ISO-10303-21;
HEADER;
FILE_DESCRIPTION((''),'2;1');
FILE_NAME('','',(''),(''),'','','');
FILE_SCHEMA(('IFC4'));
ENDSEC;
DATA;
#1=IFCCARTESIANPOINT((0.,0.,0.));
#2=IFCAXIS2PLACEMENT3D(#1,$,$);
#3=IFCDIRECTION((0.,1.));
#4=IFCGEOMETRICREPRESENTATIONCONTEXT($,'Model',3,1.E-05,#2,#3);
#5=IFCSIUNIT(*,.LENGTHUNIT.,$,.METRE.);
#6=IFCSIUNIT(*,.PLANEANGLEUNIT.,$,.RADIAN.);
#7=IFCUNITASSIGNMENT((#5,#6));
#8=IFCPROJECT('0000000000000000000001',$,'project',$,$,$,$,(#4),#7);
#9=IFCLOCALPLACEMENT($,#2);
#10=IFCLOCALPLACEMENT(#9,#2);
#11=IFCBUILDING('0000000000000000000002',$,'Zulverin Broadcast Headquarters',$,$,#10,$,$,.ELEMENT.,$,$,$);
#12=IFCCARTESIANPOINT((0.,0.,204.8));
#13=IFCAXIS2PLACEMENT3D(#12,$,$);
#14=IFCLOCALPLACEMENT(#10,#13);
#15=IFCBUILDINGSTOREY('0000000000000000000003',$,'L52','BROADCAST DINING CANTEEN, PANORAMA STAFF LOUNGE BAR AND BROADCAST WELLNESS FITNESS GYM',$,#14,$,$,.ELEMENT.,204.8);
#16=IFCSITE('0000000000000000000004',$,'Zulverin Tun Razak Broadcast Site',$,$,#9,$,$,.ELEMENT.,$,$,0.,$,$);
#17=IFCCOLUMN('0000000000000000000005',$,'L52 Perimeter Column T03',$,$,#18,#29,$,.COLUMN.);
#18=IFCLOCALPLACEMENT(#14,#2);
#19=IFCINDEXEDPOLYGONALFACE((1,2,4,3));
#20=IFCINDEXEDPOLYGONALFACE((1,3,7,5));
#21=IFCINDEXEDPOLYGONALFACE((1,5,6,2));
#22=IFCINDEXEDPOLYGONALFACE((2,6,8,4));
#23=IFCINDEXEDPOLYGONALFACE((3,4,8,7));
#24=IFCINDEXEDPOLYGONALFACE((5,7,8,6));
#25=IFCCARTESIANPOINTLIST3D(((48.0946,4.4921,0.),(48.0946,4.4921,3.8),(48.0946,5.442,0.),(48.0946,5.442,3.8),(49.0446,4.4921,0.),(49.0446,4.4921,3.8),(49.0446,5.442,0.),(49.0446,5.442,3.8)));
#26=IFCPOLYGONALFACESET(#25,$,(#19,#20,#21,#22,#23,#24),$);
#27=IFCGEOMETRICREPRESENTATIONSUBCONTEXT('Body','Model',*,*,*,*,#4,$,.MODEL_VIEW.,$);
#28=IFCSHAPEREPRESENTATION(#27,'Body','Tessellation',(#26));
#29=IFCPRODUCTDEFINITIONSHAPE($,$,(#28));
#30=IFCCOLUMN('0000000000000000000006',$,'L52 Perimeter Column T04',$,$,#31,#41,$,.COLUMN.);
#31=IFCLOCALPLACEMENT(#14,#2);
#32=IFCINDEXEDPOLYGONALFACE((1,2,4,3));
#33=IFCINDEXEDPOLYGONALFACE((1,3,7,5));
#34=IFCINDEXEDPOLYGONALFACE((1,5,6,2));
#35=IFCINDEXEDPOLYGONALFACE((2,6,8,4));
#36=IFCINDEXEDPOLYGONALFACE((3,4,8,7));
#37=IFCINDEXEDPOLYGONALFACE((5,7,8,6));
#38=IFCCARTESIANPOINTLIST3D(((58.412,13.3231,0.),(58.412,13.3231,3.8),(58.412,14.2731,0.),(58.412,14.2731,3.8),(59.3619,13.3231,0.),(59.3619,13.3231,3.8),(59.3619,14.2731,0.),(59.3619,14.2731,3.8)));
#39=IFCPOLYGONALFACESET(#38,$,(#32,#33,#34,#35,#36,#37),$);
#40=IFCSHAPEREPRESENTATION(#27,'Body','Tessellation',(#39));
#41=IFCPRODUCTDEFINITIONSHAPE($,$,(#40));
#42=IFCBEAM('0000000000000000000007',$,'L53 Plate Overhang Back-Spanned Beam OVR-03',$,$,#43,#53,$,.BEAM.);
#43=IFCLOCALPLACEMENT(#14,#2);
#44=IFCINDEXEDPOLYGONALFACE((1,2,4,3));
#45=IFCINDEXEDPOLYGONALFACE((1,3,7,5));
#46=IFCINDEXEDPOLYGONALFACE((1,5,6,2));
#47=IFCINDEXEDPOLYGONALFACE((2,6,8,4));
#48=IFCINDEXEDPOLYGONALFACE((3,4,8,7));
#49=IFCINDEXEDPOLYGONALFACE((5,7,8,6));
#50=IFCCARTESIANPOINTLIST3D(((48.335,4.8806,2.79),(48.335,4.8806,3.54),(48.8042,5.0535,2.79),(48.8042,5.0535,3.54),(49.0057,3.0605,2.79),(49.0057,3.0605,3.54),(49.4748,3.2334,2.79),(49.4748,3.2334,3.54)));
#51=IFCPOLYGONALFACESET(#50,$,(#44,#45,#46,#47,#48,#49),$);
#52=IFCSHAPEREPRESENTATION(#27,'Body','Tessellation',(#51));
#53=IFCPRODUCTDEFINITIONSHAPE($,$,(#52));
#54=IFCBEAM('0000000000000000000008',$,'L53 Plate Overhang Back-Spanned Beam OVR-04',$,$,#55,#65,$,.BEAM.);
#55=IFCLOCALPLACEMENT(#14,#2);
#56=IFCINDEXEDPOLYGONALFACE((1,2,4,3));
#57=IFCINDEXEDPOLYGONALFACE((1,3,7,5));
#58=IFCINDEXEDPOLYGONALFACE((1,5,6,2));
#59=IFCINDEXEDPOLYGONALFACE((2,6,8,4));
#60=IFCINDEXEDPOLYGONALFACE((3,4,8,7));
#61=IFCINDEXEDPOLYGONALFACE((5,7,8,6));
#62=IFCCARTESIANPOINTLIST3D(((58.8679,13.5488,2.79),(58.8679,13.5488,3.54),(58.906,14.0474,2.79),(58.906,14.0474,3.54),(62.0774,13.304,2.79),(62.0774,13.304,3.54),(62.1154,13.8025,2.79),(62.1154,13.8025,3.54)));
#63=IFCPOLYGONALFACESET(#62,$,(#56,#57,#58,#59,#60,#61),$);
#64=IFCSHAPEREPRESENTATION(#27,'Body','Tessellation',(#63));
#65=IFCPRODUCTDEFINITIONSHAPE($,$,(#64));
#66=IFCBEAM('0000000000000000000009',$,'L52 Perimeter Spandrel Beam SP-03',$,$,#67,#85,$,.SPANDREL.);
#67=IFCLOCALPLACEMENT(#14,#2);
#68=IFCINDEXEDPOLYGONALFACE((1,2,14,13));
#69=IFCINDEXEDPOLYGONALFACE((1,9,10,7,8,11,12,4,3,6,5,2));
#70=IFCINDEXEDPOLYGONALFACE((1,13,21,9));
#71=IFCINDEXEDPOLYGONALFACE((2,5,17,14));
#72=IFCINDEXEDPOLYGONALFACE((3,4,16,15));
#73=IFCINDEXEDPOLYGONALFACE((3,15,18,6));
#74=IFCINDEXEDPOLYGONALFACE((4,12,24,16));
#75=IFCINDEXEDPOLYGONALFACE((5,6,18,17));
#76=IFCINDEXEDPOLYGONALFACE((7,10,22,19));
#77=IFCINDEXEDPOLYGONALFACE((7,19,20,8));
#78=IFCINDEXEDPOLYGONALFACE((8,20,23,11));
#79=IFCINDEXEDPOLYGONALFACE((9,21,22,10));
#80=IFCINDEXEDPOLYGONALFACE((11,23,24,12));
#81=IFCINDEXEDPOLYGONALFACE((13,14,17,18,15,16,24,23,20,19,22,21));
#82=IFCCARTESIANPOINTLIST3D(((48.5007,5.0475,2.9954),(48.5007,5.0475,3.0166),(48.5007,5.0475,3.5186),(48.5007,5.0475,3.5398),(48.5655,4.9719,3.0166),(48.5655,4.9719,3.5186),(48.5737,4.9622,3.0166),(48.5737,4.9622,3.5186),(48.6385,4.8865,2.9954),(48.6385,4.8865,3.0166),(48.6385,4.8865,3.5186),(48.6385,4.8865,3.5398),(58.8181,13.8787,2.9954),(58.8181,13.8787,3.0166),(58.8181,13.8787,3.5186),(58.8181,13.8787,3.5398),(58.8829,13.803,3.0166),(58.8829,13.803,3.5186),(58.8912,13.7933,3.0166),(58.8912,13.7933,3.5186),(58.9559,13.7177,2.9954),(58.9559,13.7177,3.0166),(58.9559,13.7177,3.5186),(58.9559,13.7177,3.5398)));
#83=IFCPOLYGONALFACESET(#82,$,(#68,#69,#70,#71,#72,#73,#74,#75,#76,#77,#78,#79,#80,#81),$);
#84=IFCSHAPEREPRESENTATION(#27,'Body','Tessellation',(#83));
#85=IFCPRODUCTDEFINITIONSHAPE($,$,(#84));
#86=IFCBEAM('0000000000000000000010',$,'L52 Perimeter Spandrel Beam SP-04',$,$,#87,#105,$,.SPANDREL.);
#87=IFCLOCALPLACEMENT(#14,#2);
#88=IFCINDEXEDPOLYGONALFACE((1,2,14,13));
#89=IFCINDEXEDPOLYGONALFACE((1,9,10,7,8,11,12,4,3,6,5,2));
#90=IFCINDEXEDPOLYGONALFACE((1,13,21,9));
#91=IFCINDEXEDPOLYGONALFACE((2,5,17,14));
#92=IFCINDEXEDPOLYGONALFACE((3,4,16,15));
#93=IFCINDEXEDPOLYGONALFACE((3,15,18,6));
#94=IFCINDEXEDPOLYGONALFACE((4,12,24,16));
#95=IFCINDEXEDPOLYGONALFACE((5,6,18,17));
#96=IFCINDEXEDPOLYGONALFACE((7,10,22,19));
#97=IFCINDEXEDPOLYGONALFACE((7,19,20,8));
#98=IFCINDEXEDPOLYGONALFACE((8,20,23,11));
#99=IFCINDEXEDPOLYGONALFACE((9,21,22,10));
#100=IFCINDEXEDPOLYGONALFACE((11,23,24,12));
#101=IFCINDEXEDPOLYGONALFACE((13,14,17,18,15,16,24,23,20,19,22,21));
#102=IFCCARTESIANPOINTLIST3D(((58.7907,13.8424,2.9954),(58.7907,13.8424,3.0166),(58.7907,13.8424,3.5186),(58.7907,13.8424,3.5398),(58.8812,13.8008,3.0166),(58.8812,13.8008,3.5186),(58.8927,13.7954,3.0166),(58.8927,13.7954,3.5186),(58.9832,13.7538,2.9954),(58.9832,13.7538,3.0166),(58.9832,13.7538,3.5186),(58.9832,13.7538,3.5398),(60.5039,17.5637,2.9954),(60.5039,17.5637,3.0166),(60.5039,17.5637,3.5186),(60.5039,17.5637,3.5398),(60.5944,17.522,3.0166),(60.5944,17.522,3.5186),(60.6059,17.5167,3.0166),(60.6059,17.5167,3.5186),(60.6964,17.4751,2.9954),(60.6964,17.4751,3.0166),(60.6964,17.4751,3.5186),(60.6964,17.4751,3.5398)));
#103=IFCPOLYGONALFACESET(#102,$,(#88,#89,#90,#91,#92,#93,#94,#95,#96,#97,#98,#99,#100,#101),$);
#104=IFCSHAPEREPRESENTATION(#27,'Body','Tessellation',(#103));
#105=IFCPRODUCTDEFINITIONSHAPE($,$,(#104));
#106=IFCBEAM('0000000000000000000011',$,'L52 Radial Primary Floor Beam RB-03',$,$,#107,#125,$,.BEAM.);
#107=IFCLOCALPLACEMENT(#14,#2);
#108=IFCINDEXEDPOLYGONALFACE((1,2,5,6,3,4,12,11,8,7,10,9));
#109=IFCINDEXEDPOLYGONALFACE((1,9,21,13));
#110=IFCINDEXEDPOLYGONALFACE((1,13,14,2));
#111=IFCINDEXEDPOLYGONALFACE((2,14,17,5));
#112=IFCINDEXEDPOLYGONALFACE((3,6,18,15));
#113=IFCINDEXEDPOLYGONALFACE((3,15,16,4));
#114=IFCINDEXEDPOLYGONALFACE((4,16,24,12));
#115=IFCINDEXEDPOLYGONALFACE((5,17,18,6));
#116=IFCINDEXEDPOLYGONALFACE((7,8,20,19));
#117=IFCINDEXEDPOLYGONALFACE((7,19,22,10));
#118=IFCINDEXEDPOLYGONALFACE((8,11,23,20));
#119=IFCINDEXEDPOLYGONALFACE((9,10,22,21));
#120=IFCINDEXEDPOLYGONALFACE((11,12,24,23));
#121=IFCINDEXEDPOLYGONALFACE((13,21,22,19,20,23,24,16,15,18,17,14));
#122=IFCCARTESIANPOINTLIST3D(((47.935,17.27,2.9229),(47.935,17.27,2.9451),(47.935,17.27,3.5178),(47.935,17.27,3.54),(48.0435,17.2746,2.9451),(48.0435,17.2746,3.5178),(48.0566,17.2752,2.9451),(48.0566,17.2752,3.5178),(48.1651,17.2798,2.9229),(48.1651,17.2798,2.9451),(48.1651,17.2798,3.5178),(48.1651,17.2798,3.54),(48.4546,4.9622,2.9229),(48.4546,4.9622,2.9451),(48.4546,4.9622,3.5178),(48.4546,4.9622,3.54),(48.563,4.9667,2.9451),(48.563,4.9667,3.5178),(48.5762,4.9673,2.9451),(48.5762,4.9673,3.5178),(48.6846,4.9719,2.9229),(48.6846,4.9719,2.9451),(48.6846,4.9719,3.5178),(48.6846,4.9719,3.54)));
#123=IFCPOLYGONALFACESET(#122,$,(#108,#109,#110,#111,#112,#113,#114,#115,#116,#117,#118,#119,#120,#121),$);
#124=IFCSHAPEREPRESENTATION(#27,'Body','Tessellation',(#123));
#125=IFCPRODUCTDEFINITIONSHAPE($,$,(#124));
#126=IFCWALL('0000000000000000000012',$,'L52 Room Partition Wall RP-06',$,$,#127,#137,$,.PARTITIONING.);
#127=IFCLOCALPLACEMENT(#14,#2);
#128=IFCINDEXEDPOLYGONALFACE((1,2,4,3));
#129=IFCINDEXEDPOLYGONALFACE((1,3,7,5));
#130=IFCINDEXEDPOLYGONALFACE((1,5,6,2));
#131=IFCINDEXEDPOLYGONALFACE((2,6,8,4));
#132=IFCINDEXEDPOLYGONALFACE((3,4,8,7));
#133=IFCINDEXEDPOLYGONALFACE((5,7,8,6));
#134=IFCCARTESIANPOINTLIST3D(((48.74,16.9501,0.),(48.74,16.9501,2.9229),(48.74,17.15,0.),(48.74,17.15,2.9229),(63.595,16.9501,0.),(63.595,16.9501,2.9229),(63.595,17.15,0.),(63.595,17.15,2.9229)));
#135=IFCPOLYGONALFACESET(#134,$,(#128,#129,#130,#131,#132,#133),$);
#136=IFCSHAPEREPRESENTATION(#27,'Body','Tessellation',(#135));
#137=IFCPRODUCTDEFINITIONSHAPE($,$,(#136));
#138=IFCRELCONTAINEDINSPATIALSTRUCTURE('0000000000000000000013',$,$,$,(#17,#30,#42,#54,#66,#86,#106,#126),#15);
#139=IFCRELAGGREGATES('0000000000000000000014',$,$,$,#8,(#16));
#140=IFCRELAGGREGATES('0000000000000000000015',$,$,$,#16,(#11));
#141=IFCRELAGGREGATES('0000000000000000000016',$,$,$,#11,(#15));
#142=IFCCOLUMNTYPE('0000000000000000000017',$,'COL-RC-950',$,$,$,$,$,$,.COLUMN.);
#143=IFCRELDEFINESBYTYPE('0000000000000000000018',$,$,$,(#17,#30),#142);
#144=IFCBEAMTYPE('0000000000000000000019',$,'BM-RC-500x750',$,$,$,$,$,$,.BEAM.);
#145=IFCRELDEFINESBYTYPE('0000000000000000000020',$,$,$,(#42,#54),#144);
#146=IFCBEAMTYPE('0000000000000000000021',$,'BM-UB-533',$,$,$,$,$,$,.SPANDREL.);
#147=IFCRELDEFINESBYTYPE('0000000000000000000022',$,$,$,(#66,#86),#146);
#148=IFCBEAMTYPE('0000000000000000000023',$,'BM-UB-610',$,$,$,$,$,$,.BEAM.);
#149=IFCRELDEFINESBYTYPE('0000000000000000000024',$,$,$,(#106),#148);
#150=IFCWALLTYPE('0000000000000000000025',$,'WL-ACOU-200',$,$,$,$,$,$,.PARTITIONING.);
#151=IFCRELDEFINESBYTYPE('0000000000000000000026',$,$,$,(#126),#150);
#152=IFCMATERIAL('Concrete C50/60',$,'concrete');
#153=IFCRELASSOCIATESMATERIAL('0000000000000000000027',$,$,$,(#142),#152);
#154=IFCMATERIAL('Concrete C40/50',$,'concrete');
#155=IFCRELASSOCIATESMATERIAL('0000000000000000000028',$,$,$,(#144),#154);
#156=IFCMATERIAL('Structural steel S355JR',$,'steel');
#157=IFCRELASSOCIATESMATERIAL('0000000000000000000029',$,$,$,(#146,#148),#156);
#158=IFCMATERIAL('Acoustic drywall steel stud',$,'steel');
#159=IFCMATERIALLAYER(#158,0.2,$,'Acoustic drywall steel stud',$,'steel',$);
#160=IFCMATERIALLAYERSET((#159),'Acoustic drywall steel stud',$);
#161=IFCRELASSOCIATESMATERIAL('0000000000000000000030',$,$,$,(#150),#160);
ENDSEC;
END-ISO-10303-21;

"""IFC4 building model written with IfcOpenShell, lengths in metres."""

from ifc_helpers import new_model, si_unit, direction, frame, frame_2d, origin, origin_2d, place, context, subcontext, project, spatial, rectangle, i_section, extrude, material, layer, layer_set, material_profile, profile_set, type_object, element, save


model = new_model("IFC4")

# Units and contexts
model_context = context("Model", 3, precision=1e-05, world=origin(), true_north=direction((0.0, 1.0)))
body_context = subcontext(model_context, "Body", "Model", "MODEL_VIEW")
ifc_project = project(units=[si_unit("LENGTHUNIT", "METRE"), si_unit("PLANEANGLEUNIT", "RADIAN")], contexts=[model_context])

# Site, building, storey
site_placement = place(None, origin())
site = spatial("IfcSite", under=ifc_project, at=site_placement, Name="Zulverin Tun Razak Broadcast Site", CompositionType="ELEMENT", RefElevation=0.0)
building_placement = place(site_placement, origin())
building = spatial("IfcBuilding", under=site, at=building_placement, Name="Zulverin Broadcast Headquarters", CompositionType="ELEMENT")
storey_placement = place(building_placement, frame((0.0, 0.0, 204.8)))
storey = spatial("IfcBuildingStorey", under=building, at=storey_placement, Name="L52", Description="BROADCAST DINING CANTEEN, PANORAMA STAFF LOUNGE BAR AND BROADCAST WELLNESS FITNESS GYM", CompositionType="ELEMENT", Elevation=204.8)

# Columns
ifc_material_1 = material(Name="Concrete C50/60", Category="concrete")
ifc_material_profile_1 = material_profile(ifc_material_1, rectangle(XDim=0.95, YDim=0.95, at=origin_2d()), Name="Concrete C50/60", Category="concrete")
ifc_profile_set_1 = profile_set([ifc_material_profile_1], Name="Concrete C50/60")
column_type = type_object("IfcColumnType", Name="COL-RC-950", PredefinedType="COLUMN", material=ifc_profile_set_1)
for number, where, z_axis, x_axis, name in (
    (1, (48.5696, 4.967, 0.0), (0.0, 0.0, 1.0), (1.0, 0.0, 0.0), "L52 Perimeter Column T03"),
    (2, (58.887, 13.7981, 0.0), (0.0, 0.0, 1.0), (1.0, 0.0, 0.0), "L52 Perimeter Column T04"),
):
    element("IfcColumn", number, at=place(storey_placement, frame(where, z_axis=z_axis, x_axis=x_axis)), inside=storey, type_object=column_type, Name=name, PredefinedType="COLUMN", context=body_context, shape_type="SweptSolid", body=[
        extrude(rectangle(XDim=0.95, YDim=0.95, at=origin_2d()), origin(), (0.0, 0.0, 1.0), 3.8),
    ])

# Beams
ifc_material_2 = material(Name="Concrete C40/50", Category="concrete")
ifc_material_profile_2 = material_profile(ifc_material_2, rectangle(XDim=0.5, YDim=0.75, at=origin_2d()), Name="Concrete C40/50", Category="concrete")
ifc_profile_set_2 = profile_set([ifc_material_profile_2], Name="Concrete C40/50")
beam_type_1 = type_object("IfcBeamType", Name="BM-RC-500x750", PredefinedType="BEAM", material=ifc_profile_set_2)
beam_1_placement = place(storey_placement, frame((48.5696, 4.967, 3.165), z_axis=(0.345752, -0.938326, 0.0), x_axis=(0.938326, 0.345752, 0.0)))
element("IfcBeam", 3, at=beam_1_placement, inside=storey, type_object=beam_type_1, Name="L53 Plate Overhang Back-Spanned Beam OVR-03", PredefinedType="BEAM", context=body_context, shape_type="SweptSolid", body=[
    extrude(rectangle(XDim=0.5, YDim=0.75, at=origin_2d()), origin(), (0.0, 0.0, 1.0), 1.9397),
])
beam_2_placement = place(storey_placement, frame((58.887, 13.7981, 3.165), z_axis=(0.997102, -0.076076, 0.0), x_axis=(0.076076, 0.997102, 0.0)))
element("IfcBeam", 4, at=beam_2_placement, inside=storey, type_object=beam_type_1, Name="L53 Plate Overhang Back-Spanned Beam OVR-04", PredefinedType="BEAM", context=body_context, shape_type="SweptSolid", body=[
    extrude(rectangle(XDim=0.5, YDim=0.75, at=origin_2d()), origin(), (0.0, 0.0, 1.0), 3.2188),
])
ifc_material_3 = material(Name="Structural steel S355JR", Category="steel")
ifc_material_profile_3 = material_profile(ifc_material_3, i_section(OverallWidth=0.2119, OverallDepth=0.5444, WebThickness=0.0127, FlangeThickness=0.0212, at=origin_2d()), Name="Structural steel S355JR", Category="steel")
ifc_profile_set_3 = profile_set([ifc_material_profile_3], Name="Structural steel S355JR")
beam_type_2 = type_object("IfcBeamType", Name="BM-UB-533", PredefinedType="SPANDREL", material=ifc_profile_set_3)
beam_3_placement = place(storey_placement, frame((48.5696, 4.967, 3.2676), z_axis=(0.759708, 0.650264, 0.0), x_axis=(-0.650264, 0.759708, 0.0)))
element("IfcBeam", 5, at=beam_3_placement, inside=storey, type_object=beam_type_2, Name="L52 Perimeter Spandrel Beam SP-03", PredefinedType="SPANDREL", context=body_context, shape_type="SweptSolid", body=[
    extrude(i_section(OverallWidth=0.2119, OverallDepth=0.5444, WebThickness=0.0127, FlangeThickness=0.0212, at=origin_2d()), origin(), (0.0, 0.0, 1.0), 13.5808),
])
beam_4_placement = place(storey_placement, frame((58.887, 13.7981, 3.2676), z_axis=(0.418185, 0.908362, 0.0), x_axis=(-0.908362, 0.418185, 0.0)))
element("IfcBeam", 6, at=beam_4_placement, inside=storey, type_object=beam_type_2, Name="L52 Perimeter Spandrel Beam SP-04", PredefinedType="SPANDREL", context=body_context, shape_type="SweptSolid", body=[
    extrude(i_section(OverallWidth=0.2119, OverallDepth=0.5444, WebThickness=0.0127, FlangeThickness=0.0212, at=origin_2d()), origin(), (0.0, 0.0, 1.0), 4.0967),
])
ifc_material_profile_4 = material_profile(ifc_material_3, i_section(OverallWidth=0.2302, OverallDepth=0.6172, WebThickness=0.0132, FlangeThickness=0.0222, at=origin_2d()), Name="Structural steel S355JR", Category="steel")
ifc_profile_set_4 = profile_set([ifc_material_profile_4], Name="Structural steel S355JR")
beam_type_3 = type_object("IfcBeamType", Name="BM-UB-610", PredefinedType="BEAM", material=ifc_profile_set_4)
beam_5_placement = place(storey_placement, frame((48.05, 17.2749, 3.2314), z_axis=(0.042174, -0.99911, 0.0), x_axis=(0.99911, 0.042174, 0.0)))
element("IfcBeam", 7, at=beam_5_placement, inside=storey, type_object=beam_type_3, Name="L52 Radial Primary Floor Beam RB-03", PredefinedType="BEAM", context=body_context, shape_type="SweptSolid", body=[
    extrude(i_section(OverallWidth=0.2302, OverallDepth=0.6172, WebThickness=0.0132, FlangeThickness=0.0222, at=origin_2d()), origin(), (0.0, 0.0, 1.0), 12.3188),
])

# Wall
ifc_material_4 = material(Name="Acoustic drywall steel stud", Category="steel")
ifc_layer_1 = layer(ifc_material_4, 0.2, Name="Acoustic drywall steel stud", Category="steel")
ifc_layer_set_1 = layer_set([ifc_layer_1], Name="Acoustic drywall steel stud")
wall_type_1 = type_object("IfcWallType", Name="WL-ACOU-200", PredefinedType="PARTITIONING", material=ifc_layer_set_1)
wall_1_placement = place(storey_placement, frame((48.74, 17.05, 0.0), z_axis=(0.0, 0.0, 1.0), x_axis=(1.0, 0.0, 0.0)))
element("IfcWall", 8, at=wall_1_placement, inside=storey, type_object=wall_type_1, Name="L52 Room Partition Wall RP-06", PredefinedType="PARTITIONING", context=body_context, shape_type="SweptSolid", body=[
    extrude(rectangle(XDim=14.855, YDim=0.2, at=frame_2d((7.4275, 0.0))), origin(), (0.0, 0.0, 1.0), 2.9229),
])

save(model, "model.ifc")
